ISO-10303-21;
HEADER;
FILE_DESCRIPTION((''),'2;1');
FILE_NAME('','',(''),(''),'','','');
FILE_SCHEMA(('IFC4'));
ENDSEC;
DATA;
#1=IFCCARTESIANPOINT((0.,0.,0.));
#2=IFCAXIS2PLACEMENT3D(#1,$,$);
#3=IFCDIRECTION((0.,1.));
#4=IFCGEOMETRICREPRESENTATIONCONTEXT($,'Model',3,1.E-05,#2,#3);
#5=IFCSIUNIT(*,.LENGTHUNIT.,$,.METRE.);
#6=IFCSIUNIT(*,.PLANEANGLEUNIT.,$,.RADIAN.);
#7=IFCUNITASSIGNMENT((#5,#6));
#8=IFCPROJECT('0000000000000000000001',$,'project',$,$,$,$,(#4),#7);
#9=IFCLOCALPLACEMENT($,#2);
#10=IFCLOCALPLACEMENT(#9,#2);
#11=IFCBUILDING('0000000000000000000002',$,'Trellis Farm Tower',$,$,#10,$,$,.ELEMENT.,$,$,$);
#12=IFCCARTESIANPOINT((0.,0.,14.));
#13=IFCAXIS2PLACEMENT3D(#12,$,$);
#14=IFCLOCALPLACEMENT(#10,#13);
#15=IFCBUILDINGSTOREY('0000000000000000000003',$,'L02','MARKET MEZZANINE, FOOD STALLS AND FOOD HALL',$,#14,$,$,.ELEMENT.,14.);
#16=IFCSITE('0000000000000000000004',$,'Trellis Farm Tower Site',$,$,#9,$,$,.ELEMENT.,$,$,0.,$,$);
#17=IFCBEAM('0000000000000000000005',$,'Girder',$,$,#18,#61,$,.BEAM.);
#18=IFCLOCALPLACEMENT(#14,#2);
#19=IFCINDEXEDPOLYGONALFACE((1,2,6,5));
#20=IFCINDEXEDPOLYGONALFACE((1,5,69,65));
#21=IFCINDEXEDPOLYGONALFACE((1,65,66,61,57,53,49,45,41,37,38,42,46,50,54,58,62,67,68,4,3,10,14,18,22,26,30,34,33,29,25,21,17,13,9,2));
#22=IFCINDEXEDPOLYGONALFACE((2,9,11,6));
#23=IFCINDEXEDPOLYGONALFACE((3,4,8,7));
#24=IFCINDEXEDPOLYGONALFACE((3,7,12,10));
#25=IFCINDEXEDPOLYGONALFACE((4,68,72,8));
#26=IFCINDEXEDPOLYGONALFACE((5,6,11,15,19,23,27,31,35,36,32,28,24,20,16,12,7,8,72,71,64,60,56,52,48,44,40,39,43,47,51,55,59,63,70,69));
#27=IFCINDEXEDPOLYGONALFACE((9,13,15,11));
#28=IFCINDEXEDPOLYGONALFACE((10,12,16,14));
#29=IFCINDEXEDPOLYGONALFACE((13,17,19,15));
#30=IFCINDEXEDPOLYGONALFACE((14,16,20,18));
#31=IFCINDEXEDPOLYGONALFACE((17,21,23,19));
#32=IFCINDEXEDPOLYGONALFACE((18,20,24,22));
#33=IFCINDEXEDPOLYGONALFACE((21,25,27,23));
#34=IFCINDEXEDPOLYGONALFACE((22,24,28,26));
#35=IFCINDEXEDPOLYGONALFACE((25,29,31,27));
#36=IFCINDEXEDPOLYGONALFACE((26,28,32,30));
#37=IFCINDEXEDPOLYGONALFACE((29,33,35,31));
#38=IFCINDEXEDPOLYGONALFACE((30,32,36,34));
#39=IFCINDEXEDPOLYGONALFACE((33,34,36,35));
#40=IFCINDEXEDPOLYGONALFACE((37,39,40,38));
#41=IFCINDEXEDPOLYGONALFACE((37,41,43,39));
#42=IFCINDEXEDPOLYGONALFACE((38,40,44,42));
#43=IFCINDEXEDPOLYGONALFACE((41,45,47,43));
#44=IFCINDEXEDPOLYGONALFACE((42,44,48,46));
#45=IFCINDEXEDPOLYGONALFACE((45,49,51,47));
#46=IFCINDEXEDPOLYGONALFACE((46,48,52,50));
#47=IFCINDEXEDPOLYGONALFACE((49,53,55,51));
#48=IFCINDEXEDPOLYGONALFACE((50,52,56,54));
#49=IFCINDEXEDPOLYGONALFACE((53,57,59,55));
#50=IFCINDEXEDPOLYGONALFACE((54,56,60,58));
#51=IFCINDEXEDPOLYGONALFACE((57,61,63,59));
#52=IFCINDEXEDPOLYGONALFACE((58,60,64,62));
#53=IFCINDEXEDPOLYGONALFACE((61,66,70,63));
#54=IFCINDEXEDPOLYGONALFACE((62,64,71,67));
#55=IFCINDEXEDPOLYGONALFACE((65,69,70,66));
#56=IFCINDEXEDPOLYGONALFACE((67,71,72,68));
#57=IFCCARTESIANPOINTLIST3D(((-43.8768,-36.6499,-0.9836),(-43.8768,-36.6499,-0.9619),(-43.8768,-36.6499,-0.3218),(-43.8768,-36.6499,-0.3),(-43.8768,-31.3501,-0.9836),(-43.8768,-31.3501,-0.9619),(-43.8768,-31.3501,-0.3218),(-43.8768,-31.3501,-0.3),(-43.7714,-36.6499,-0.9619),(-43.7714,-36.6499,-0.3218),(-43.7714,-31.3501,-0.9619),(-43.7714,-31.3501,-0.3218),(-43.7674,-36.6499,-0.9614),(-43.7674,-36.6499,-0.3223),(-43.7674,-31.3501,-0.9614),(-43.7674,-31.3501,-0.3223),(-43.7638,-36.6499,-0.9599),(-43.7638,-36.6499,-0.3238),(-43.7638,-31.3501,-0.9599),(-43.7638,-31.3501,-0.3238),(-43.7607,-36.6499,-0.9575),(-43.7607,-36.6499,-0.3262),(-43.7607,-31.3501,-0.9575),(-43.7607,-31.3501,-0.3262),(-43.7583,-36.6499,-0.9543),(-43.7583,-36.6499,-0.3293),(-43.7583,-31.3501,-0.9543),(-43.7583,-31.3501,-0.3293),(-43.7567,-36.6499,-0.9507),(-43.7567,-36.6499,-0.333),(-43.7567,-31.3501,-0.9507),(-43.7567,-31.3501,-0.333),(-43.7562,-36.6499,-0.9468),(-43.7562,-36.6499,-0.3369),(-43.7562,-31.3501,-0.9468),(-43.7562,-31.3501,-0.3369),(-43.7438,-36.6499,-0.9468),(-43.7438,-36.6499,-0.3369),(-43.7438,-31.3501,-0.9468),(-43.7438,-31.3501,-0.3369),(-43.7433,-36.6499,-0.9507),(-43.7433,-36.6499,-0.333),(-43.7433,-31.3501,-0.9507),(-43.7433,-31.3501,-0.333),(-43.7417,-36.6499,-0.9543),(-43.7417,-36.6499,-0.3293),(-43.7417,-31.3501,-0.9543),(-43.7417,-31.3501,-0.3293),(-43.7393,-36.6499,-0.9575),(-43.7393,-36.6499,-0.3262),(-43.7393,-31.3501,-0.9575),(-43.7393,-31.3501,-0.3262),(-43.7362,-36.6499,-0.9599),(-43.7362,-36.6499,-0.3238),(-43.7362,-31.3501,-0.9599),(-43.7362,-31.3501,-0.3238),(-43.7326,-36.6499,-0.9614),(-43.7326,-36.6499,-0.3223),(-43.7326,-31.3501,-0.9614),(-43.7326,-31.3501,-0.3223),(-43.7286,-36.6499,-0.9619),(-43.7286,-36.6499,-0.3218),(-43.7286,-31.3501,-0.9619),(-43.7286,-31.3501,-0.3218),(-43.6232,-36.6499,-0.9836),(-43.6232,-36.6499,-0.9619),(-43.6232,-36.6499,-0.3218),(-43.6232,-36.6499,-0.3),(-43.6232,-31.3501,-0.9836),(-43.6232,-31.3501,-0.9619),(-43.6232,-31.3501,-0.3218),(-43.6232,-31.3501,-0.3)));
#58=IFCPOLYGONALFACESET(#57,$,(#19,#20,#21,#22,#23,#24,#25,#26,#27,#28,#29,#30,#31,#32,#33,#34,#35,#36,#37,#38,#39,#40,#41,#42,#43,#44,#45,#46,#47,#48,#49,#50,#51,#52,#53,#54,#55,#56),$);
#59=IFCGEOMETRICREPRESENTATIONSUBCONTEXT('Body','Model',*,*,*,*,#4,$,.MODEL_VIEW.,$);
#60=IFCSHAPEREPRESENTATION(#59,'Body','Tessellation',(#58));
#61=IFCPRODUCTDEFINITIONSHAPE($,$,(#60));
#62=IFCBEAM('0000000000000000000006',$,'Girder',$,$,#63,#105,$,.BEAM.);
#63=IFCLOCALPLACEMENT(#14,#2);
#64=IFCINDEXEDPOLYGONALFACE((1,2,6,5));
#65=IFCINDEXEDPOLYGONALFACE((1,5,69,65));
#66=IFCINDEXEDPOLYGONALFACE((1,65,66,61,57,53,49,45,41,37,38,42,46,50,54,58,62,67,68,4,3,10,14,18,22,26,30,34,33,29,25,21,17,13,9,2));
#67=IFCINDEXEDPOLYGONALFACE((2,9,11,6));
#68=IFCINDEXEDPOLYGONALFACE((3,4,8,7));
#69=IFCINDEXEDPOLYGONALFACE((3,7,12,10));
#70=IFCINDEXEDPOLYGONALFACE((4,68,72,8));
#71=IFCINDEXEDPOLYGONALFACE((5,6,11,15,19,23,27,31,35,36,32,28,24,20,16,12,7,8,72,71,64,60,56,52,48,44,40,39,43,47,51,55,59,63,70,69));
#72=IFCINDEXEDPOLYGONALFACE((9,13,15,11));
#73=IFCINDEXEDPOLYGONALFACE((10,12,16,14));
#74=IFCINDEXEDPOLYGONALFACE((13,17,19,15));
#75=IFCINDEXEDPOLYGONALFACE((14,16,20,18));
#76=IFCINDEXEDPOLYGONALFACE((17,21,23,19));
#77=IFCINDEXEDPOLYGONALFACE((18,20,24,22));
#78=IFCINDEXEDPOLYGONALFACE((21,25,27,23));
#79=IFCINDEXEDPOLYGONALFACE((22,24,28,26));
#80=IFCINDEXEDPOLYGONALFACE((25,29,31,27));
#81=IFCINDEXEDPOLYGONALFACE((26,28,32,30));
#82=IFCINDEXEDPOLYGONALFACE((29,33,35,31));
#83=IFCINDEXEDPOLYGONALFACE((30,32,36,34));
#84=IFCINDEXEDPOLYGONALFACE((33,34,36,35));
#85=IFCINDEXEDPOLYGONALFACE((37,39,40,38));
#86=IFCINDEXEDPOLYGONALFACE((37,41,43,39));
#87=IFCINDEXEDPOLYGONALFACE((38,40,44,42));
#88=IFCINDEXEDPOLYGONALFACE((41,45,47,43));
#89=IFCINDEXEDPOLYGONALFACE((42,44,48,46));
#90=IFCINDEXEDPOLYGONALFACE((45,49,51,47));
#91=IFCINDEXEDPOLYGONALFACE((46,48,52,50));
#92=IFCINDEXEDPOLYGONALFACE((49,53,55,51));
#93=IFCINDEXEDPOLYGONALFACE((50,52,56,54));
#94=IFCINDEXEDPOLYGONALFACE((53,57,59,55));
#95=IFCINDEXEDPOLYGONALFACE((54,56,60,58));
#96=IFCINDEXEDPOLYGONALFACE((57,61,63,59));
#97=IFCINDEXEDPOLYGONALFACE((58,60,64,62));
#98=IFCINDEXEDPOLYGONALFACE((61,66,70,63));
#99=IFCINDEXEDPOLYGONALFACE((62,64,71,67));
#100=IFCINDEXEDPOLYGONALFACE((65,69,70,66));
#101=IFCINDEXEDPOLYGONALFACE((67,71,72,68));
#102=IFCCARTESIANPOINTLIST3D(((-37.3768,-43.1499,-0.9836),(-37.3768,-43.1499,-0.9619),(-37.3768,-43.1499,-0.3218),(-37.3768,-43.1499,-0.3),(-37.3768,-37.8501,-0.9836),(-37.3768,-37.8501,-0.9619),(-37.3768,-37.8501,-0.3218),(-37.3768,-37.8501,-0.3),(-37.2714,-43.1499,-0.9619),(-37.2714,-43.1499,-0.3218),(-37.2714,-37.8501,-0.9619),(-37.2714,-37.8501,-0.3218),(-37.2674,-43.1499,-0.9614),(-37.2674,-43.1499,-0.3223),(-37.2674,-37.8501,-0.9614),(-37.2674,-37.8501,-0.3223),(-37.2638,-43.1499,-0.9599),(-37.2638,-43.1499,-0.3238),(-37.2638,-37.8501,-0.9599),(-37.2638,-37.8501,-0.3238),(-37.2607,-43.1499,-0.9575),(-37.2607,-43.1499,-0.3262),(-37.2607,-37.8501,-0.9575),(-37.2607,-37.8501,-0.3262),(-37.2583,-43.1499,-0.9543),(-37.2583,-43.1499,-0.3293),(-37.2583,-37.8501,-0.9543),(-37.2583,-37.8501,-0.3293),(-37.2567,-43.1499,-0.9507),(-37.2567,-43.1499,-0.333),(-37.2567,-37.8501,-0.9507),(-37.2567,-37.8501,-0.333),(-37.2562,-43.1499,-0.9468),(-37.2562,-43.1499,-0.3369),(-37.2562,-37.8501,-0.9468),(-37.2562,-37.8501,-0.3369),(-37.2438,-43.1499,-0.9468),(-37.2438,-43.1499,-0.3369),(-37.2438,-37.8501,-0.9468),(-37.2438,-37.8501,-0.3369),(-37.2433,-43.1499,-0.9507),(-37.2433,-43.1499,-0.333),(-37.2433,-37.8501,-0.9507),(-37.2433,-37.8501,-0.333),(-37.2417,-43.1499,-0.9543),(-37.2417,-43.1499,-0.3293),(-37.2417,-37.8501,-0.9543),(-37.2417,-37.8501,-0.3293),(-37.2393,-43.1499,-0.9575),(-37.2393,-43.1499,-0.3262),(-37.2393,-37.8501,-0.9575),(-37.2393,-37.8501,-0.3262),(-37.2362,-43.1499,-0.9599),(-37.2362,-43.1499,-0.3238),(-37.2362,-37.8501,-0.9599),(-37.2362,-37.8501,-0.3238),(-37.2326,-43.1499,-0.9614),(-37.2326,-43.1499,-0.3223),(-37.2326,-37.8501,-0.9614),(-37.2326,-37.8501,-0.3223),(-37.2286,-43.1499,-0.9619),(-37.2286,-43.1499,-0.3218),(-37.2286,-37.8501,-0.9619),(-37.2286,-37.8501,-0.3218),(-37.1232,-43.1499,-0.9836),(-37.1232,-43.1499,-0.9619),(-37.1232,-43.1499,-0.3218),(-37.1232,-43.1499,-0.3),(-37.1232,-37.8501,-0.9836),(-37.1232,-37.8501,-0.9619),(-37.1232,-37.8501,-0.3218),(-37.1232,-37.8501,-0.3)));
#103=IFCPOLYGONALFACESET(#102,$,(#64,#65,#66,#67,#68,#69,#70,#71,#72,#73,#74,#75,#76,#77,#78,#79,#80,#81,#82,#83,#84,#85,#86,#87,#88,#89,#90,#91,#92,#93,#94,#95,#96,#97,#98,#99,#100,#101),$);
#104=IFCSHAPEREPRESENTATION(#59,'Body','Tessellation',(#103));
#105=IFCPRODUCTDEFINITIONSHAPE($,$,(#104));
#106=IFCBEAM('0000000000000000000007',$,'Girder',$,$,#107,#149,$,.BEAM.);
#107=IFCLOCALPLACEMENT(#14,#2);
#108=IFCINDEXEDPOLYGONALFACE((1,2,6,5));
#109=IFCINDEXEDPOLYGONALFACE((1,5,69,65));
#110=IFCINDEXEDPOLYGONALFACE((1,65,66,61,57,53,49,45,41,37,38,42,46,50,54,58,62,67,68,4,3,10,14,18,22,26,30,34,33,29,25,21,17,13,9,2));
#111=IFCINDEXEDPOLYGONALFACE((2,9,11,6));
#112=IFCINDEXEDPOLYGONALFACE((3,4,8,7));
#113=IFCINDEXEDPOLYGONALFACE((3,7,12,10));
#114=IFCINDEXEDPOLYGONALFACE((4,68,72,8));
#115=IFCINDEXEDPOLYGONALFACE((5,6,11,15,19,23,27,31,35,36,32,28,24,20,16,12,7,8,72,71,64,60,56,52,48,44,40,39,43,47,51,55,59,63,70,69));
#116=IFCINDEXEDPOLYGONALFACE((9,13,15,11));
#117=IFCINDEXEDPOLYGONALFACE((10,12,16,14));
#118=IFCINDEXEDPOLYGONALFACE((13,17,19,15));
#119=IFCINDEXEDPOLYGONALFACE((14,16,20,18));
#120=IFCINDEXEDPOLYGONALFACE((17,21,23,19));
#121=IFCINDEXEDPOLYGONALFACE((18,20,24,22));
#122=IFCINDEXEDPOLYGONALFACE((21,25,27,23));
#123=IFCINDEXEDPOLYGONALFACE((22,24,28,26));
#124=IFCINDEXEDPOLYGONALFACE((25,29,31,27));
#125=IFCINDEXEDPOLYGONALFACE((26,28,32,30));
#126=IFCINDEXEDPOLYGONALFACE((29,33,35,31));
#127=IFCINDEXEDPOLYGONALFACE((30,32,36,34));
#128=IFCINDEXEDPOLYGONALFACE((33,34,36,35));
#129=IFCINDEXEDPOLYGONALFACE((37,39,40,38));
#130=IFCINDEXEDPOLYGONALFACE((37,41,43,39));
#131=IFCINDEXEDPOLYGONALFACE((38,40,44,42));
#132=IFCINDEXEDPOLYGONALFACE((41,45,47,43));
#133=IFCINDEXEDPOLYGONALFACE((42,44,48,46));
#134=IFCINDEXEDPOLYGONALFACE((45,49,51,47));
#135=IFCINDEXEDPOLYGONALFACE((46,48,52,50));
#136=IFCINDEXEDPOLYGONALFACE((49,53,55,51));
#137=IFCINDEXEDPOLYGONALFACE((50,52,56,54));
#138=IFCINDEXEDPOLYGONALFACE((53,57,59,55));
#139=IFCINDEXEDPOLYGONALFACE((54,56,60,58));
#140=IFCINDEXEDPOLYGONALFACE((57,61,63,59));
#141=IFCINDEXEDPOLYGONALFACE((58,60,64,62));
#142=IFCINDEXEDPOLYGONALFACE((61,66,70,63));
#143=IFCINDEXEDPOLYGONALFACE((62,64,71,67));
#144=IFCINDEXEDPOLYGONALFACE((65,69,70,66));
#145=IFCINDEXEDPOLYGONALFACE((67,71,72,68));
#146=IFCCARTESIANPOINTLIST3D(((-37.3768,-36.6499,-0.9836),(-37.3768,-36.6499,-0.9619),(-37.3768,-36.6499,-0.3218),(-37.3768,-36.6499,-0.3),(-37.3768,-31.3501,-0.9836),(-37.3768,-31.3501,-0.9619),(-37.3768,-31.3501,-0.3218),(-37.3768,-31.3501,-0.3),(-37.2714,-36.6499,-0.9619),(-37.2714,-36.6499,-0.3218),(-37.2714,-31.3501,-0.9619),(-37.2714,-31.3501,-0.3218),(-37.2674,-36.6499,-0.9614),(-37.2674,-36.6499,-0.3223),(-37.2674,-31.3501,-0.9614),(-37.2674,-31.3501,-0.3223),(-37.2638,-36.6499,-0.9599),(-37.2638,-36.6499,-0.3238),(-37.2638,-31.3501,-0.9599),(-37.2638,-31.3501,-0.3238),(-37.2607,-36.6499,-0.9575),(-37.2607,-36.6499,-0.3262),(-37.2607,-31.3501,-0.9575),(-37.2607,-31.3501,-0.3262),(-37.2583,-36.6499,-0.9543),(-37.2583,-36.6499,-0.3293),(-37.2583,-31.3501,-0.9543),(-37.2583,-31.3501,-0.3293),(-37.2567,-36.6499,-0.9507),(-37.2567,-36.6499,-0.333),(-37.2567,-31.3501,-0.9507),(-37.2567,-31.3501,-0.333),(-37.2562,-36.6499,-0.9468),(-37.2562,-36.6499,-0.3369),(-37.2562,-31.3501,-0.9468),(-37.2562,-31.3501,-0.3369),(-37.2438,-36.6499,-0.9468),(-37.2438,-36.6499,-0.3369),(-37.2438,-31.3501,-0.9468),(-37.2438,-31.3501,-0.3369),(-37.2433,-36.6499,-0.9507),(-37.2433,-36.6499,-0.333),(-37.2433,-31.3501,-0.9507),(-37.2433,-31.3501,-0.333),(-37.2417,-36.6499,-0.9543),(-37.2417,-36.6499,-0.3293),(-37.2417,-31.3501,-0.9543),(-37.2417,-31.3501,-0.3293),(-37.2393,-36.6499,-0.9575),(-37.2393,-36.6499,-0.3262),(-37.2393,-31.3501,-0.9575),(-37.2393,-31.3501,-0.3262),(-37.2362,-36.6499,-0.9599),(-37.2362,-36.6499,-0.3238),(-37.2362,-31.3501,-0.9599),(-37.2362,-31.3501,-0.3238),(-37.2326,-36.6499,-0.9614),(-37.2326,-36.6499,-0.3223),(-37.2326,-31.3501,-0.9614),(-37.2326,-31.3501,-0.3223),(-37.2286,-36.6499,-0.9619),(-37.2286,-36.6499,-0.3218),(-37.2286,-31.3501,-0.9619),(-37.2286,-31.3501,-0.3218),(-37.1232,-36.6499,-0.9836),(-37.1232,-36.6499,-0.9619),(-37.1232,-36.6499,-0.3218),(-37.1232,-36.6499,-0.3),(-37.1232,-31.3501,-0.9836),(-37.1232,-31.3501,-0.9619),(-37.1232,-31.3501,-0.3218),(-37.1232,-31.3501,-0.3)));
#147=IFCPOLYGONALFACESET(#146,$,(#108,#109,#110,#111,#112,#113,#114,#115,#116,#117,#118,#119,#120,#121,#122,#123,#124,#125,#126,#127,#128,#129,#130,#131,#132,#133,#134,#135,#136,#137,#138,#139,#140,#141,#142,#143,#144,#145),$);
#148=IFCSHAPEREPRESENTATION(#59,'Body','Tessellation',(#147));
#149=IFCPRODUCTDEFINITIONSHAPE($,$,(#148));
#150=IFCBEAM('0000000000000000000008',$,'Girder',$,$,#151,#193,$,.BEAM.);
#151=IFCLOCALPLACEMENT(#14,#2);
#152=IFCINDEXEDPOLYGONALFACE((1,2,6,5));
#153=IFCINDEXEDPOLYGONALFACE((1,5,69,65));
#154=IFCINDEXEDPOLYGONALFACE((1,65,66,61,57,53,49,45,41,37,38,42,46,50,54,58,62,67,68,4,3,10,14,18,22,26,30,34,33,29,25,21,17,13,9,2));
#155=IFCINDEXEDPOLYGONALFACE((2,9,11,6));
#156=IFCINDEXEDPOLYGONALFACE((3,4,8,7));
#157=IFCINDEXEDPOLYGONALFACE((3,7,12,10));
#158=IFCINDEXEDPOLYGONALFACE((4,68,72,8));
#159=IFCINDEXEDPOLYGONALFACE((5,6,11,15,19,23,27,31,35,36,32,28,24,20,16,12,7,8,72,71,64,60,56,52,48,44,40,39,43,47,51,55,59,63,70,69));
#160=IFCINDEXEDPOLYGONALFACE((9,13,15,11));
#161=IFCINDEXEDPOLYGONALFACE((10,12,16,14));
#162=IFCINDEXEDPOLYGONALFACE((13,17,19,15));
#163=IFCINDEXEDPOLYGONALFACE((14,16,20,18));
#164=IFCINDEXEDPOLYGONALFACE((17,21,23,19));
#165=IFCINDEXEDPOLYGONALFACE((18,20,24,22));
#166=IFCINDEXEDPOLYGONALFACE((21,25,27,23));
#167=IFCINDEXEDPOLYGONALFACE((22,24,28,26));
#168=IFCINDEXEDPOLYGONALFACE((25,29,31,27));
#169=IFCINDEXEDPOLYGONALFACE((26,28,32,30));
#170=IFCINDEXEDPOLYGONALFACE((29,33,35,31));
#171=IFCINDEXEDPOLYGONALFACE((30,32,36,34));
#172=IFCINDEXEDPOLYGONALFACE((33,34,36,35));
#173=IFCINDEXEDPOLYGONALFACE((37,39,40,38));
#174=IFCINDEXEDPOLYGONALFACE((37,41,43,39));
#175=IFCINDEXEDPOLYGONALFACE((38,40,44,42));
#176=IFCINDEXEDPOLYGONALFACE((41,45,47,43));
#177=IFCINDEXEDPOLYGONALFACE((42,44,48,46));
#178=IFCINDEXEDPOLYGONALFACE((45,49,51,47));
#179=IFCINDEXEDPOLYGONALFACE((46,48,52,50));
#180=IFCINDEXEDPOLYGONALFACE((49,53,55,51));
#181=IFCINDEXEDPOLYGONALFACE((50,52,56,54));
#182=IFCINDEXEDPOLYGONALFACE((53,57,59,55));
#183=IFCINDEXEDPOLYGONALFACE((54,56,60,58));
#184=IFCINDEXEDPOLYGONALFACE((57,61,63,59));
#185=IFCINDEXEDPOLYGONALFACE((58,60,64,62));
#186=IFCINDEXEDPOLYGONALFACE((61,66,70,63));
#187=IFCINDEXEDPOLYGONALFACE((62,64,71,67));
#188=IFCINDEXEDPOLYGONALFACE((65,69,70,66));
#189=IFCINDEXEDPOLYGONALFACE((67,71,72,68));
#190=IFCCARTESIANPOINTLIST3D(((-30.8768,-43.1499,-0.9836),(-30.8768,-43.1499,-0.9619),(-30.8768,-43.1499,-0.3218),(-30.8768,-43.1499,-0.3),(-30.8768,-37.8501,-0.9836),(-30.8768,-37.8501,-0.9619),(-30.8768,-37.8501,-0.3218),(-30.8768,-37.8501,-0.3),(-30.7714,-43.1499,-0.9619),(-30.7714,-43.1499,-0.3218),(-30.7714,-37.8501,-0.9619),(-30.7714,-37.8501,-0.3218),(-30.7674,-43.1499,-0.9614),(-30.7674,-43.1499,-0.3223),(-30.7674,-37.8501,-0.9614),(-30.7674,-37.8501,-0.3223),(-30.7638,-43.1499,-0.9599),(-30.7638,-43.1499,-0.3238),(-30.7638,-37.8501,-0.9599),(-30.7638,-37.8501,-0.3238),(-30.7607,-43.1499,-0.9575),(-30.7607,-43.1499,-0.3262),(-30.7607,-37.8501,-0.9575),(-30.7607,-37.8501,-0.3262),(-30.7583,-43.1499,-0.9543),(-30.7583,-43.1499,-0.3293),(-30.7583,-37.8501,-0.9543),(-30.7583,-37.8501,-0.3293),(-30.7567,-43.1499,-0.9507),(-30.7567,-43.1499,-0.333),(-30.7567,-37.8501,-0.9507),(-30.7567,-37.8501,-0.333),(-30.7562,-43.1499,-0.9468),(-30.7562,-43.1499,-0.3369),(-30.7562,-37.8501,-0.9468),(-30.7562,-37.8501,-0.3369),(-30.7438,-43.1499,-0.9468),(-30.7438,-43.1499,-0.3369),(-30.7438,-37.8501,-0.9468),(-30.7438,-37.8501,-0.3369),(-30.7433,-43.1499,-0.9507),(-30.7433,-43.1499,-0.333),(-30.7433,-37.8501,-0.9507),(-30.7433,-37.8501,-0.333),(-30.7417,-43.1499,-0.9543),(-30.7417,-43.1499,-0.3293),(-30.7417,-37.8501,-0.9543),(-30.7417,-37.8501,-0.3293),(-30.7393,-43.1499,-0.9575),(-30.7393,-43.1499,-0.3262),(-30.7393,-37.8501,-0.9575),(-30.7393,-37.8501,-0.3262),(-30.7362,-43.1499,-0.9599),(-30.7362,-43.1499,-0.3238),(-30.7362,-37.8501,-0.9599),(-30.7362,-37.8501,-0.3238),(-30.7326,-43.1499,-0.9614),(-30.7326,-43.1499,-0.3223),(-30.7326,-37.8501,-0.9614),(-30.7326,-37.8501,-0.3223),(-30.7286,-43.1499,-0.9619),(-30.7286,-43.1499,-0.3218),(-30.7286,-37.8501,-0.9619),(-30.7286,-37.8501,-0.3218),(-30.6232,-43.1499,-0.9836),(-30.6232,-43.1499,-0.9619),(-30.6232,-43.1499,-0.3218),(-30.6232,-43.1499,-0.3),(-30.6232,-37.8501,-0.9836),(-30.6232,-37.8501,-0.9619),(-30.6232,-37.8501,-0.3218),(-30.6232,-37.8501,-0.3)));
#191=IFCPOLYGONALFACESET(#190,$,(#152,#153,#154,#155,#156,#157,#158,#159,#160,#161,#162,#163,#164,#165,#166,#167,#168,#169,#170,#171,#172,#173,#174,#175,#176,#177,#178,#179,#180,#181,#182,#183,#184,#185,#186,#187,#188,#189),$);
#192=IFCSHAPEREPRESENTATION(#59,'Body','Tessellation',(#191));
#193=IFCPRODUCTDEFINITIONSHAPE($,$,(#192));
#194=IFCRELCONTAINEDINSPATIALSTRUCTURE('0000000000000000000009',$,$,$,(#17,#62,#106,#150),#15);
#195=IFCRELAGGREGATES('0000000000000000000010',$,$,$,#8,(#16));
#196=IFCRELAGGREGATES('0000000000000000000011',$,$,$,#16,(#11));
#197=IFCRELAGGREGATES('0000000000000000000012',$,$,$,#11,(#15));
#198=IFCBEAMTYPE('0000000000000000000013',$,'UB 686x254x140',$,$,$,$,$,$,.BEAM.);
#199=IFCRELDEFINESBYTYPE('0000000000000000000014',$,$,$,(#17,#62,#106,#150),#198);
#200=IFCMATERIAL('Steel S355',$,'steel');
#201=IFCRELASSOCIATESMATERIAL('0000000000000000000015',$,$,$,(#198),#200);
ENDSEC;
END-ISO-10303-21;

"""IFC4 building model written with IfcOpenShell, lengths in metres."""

from ifc_helpers import new_model, si_unit, direction, frame, origin, origin_2d, place, context, subcontext, project, spatial, i_section, extrude, source, transform, mapped, material, material_profile, profile_set, type_object, element, save


model = new_model("IFC4")

# Units and contexts
model_context = context("Model", 3, precision=1e-05, world=origin(), true_north=direction((0.0, 1.0)))
body_context = subcontext(model_context, "Body", "Model", "MODEL_VIEW")
ifc_project = project(units=[si_unit("LENGTHUNIT", "METRE"), si_unit("PLANEANGLEUNIT", "RADIAN")], contexts=[model_context])

# Site, building, storey
site_placement = place(None, origin())
site = spatial("IfcSite", under=ifc_project, at=site_placement, Name="Trellis Farm Tower Site", CompositionType="ELEMENT", RefElevation=0.0)
building_placement = place(site_placement, origin())
building = spatial("IfcBuilding", under=site, at=building_placement, Name="Trellis Farm Tower", CompositionType="ELEMENT")
storey_placement = place(building_placement, frame((0.0, 0.0, 14.0)))
storey = spatial("IfcBuildingStorey", under=building, at=storey_placement, Name="L02", Description="MARKET MEZZANINE, FOOD STALLS AND FOOD HALL", CompositionType="ELEMENT", Elevation=14.0)

# Beams
ifc_material_1 = material(Name="Steel S355", Category="steel")
ifc_material_profile_1 = material_profile(ifc_material_1, i_section(OverallWidth=0.2537, OverallDepth=0.6836, WebThickness=0.0125, FlangeThickness=0.0217, FilletRadius=0.0151, at=origin_2d()), Name="UB 686x254x140")
ifc_profile_set_1 = profile_set([ifc_material_profile_1], Name="Steel S355")
beam_type_1 = type_object("IfcBeamType", Name="UB 686x254x140", PredefinedType="BEAM", material=ifc_profile_set_1)
shared_shape_1 = source(origin(), body_context, "Body", "SweptSolid", [
    extrude(i_section(OverallWidth=0.2537, OverallDepth=0.6836, WebThickness=0.0125, FlangeThickness=0.0217, FilletRadius=0.0151, at=origin_2d()), origin(), (0.0, 0.0, 1.0), 5.2998),
])
for number, where, z_axis, x_axis, name in (
    (1, (-43.75, -36.6499, -0.6418), (0.0, 1.0, 0.0), (-1.0, 0.0, 0.0), "Girder"),
    (2, (-37.25, -43.1499, -0.6418), (0.0, 1.0, 0.0), (-1.0, 0.0, 0.0), "Girder"),
    (3, (-37.25, -36.6499, -0.6418), (0.0, 1.0, 0.0), (-1.0, 0.0, 0.0), "Girder"),
    (4, (-30.75, -43.1499, -0.6418), (0.0, 1.0, 0.0), (-1.0, 0.0, 0.0), "Girder"),
):
    element("IfcBeam", number, at=place(storey_placement, frame(where, z_axis=z_axis, x_axis=x_axis)), inside=storey, type_object=beam_type_1, Name=name, PredefinedType="BEAM", context=body_context, shape_type="MappedRepresentation", body=[
        mapped(shared_shape_1, transform((0.0, 0.0, 0.0))),
    ])

save(model, "model.ifc")
